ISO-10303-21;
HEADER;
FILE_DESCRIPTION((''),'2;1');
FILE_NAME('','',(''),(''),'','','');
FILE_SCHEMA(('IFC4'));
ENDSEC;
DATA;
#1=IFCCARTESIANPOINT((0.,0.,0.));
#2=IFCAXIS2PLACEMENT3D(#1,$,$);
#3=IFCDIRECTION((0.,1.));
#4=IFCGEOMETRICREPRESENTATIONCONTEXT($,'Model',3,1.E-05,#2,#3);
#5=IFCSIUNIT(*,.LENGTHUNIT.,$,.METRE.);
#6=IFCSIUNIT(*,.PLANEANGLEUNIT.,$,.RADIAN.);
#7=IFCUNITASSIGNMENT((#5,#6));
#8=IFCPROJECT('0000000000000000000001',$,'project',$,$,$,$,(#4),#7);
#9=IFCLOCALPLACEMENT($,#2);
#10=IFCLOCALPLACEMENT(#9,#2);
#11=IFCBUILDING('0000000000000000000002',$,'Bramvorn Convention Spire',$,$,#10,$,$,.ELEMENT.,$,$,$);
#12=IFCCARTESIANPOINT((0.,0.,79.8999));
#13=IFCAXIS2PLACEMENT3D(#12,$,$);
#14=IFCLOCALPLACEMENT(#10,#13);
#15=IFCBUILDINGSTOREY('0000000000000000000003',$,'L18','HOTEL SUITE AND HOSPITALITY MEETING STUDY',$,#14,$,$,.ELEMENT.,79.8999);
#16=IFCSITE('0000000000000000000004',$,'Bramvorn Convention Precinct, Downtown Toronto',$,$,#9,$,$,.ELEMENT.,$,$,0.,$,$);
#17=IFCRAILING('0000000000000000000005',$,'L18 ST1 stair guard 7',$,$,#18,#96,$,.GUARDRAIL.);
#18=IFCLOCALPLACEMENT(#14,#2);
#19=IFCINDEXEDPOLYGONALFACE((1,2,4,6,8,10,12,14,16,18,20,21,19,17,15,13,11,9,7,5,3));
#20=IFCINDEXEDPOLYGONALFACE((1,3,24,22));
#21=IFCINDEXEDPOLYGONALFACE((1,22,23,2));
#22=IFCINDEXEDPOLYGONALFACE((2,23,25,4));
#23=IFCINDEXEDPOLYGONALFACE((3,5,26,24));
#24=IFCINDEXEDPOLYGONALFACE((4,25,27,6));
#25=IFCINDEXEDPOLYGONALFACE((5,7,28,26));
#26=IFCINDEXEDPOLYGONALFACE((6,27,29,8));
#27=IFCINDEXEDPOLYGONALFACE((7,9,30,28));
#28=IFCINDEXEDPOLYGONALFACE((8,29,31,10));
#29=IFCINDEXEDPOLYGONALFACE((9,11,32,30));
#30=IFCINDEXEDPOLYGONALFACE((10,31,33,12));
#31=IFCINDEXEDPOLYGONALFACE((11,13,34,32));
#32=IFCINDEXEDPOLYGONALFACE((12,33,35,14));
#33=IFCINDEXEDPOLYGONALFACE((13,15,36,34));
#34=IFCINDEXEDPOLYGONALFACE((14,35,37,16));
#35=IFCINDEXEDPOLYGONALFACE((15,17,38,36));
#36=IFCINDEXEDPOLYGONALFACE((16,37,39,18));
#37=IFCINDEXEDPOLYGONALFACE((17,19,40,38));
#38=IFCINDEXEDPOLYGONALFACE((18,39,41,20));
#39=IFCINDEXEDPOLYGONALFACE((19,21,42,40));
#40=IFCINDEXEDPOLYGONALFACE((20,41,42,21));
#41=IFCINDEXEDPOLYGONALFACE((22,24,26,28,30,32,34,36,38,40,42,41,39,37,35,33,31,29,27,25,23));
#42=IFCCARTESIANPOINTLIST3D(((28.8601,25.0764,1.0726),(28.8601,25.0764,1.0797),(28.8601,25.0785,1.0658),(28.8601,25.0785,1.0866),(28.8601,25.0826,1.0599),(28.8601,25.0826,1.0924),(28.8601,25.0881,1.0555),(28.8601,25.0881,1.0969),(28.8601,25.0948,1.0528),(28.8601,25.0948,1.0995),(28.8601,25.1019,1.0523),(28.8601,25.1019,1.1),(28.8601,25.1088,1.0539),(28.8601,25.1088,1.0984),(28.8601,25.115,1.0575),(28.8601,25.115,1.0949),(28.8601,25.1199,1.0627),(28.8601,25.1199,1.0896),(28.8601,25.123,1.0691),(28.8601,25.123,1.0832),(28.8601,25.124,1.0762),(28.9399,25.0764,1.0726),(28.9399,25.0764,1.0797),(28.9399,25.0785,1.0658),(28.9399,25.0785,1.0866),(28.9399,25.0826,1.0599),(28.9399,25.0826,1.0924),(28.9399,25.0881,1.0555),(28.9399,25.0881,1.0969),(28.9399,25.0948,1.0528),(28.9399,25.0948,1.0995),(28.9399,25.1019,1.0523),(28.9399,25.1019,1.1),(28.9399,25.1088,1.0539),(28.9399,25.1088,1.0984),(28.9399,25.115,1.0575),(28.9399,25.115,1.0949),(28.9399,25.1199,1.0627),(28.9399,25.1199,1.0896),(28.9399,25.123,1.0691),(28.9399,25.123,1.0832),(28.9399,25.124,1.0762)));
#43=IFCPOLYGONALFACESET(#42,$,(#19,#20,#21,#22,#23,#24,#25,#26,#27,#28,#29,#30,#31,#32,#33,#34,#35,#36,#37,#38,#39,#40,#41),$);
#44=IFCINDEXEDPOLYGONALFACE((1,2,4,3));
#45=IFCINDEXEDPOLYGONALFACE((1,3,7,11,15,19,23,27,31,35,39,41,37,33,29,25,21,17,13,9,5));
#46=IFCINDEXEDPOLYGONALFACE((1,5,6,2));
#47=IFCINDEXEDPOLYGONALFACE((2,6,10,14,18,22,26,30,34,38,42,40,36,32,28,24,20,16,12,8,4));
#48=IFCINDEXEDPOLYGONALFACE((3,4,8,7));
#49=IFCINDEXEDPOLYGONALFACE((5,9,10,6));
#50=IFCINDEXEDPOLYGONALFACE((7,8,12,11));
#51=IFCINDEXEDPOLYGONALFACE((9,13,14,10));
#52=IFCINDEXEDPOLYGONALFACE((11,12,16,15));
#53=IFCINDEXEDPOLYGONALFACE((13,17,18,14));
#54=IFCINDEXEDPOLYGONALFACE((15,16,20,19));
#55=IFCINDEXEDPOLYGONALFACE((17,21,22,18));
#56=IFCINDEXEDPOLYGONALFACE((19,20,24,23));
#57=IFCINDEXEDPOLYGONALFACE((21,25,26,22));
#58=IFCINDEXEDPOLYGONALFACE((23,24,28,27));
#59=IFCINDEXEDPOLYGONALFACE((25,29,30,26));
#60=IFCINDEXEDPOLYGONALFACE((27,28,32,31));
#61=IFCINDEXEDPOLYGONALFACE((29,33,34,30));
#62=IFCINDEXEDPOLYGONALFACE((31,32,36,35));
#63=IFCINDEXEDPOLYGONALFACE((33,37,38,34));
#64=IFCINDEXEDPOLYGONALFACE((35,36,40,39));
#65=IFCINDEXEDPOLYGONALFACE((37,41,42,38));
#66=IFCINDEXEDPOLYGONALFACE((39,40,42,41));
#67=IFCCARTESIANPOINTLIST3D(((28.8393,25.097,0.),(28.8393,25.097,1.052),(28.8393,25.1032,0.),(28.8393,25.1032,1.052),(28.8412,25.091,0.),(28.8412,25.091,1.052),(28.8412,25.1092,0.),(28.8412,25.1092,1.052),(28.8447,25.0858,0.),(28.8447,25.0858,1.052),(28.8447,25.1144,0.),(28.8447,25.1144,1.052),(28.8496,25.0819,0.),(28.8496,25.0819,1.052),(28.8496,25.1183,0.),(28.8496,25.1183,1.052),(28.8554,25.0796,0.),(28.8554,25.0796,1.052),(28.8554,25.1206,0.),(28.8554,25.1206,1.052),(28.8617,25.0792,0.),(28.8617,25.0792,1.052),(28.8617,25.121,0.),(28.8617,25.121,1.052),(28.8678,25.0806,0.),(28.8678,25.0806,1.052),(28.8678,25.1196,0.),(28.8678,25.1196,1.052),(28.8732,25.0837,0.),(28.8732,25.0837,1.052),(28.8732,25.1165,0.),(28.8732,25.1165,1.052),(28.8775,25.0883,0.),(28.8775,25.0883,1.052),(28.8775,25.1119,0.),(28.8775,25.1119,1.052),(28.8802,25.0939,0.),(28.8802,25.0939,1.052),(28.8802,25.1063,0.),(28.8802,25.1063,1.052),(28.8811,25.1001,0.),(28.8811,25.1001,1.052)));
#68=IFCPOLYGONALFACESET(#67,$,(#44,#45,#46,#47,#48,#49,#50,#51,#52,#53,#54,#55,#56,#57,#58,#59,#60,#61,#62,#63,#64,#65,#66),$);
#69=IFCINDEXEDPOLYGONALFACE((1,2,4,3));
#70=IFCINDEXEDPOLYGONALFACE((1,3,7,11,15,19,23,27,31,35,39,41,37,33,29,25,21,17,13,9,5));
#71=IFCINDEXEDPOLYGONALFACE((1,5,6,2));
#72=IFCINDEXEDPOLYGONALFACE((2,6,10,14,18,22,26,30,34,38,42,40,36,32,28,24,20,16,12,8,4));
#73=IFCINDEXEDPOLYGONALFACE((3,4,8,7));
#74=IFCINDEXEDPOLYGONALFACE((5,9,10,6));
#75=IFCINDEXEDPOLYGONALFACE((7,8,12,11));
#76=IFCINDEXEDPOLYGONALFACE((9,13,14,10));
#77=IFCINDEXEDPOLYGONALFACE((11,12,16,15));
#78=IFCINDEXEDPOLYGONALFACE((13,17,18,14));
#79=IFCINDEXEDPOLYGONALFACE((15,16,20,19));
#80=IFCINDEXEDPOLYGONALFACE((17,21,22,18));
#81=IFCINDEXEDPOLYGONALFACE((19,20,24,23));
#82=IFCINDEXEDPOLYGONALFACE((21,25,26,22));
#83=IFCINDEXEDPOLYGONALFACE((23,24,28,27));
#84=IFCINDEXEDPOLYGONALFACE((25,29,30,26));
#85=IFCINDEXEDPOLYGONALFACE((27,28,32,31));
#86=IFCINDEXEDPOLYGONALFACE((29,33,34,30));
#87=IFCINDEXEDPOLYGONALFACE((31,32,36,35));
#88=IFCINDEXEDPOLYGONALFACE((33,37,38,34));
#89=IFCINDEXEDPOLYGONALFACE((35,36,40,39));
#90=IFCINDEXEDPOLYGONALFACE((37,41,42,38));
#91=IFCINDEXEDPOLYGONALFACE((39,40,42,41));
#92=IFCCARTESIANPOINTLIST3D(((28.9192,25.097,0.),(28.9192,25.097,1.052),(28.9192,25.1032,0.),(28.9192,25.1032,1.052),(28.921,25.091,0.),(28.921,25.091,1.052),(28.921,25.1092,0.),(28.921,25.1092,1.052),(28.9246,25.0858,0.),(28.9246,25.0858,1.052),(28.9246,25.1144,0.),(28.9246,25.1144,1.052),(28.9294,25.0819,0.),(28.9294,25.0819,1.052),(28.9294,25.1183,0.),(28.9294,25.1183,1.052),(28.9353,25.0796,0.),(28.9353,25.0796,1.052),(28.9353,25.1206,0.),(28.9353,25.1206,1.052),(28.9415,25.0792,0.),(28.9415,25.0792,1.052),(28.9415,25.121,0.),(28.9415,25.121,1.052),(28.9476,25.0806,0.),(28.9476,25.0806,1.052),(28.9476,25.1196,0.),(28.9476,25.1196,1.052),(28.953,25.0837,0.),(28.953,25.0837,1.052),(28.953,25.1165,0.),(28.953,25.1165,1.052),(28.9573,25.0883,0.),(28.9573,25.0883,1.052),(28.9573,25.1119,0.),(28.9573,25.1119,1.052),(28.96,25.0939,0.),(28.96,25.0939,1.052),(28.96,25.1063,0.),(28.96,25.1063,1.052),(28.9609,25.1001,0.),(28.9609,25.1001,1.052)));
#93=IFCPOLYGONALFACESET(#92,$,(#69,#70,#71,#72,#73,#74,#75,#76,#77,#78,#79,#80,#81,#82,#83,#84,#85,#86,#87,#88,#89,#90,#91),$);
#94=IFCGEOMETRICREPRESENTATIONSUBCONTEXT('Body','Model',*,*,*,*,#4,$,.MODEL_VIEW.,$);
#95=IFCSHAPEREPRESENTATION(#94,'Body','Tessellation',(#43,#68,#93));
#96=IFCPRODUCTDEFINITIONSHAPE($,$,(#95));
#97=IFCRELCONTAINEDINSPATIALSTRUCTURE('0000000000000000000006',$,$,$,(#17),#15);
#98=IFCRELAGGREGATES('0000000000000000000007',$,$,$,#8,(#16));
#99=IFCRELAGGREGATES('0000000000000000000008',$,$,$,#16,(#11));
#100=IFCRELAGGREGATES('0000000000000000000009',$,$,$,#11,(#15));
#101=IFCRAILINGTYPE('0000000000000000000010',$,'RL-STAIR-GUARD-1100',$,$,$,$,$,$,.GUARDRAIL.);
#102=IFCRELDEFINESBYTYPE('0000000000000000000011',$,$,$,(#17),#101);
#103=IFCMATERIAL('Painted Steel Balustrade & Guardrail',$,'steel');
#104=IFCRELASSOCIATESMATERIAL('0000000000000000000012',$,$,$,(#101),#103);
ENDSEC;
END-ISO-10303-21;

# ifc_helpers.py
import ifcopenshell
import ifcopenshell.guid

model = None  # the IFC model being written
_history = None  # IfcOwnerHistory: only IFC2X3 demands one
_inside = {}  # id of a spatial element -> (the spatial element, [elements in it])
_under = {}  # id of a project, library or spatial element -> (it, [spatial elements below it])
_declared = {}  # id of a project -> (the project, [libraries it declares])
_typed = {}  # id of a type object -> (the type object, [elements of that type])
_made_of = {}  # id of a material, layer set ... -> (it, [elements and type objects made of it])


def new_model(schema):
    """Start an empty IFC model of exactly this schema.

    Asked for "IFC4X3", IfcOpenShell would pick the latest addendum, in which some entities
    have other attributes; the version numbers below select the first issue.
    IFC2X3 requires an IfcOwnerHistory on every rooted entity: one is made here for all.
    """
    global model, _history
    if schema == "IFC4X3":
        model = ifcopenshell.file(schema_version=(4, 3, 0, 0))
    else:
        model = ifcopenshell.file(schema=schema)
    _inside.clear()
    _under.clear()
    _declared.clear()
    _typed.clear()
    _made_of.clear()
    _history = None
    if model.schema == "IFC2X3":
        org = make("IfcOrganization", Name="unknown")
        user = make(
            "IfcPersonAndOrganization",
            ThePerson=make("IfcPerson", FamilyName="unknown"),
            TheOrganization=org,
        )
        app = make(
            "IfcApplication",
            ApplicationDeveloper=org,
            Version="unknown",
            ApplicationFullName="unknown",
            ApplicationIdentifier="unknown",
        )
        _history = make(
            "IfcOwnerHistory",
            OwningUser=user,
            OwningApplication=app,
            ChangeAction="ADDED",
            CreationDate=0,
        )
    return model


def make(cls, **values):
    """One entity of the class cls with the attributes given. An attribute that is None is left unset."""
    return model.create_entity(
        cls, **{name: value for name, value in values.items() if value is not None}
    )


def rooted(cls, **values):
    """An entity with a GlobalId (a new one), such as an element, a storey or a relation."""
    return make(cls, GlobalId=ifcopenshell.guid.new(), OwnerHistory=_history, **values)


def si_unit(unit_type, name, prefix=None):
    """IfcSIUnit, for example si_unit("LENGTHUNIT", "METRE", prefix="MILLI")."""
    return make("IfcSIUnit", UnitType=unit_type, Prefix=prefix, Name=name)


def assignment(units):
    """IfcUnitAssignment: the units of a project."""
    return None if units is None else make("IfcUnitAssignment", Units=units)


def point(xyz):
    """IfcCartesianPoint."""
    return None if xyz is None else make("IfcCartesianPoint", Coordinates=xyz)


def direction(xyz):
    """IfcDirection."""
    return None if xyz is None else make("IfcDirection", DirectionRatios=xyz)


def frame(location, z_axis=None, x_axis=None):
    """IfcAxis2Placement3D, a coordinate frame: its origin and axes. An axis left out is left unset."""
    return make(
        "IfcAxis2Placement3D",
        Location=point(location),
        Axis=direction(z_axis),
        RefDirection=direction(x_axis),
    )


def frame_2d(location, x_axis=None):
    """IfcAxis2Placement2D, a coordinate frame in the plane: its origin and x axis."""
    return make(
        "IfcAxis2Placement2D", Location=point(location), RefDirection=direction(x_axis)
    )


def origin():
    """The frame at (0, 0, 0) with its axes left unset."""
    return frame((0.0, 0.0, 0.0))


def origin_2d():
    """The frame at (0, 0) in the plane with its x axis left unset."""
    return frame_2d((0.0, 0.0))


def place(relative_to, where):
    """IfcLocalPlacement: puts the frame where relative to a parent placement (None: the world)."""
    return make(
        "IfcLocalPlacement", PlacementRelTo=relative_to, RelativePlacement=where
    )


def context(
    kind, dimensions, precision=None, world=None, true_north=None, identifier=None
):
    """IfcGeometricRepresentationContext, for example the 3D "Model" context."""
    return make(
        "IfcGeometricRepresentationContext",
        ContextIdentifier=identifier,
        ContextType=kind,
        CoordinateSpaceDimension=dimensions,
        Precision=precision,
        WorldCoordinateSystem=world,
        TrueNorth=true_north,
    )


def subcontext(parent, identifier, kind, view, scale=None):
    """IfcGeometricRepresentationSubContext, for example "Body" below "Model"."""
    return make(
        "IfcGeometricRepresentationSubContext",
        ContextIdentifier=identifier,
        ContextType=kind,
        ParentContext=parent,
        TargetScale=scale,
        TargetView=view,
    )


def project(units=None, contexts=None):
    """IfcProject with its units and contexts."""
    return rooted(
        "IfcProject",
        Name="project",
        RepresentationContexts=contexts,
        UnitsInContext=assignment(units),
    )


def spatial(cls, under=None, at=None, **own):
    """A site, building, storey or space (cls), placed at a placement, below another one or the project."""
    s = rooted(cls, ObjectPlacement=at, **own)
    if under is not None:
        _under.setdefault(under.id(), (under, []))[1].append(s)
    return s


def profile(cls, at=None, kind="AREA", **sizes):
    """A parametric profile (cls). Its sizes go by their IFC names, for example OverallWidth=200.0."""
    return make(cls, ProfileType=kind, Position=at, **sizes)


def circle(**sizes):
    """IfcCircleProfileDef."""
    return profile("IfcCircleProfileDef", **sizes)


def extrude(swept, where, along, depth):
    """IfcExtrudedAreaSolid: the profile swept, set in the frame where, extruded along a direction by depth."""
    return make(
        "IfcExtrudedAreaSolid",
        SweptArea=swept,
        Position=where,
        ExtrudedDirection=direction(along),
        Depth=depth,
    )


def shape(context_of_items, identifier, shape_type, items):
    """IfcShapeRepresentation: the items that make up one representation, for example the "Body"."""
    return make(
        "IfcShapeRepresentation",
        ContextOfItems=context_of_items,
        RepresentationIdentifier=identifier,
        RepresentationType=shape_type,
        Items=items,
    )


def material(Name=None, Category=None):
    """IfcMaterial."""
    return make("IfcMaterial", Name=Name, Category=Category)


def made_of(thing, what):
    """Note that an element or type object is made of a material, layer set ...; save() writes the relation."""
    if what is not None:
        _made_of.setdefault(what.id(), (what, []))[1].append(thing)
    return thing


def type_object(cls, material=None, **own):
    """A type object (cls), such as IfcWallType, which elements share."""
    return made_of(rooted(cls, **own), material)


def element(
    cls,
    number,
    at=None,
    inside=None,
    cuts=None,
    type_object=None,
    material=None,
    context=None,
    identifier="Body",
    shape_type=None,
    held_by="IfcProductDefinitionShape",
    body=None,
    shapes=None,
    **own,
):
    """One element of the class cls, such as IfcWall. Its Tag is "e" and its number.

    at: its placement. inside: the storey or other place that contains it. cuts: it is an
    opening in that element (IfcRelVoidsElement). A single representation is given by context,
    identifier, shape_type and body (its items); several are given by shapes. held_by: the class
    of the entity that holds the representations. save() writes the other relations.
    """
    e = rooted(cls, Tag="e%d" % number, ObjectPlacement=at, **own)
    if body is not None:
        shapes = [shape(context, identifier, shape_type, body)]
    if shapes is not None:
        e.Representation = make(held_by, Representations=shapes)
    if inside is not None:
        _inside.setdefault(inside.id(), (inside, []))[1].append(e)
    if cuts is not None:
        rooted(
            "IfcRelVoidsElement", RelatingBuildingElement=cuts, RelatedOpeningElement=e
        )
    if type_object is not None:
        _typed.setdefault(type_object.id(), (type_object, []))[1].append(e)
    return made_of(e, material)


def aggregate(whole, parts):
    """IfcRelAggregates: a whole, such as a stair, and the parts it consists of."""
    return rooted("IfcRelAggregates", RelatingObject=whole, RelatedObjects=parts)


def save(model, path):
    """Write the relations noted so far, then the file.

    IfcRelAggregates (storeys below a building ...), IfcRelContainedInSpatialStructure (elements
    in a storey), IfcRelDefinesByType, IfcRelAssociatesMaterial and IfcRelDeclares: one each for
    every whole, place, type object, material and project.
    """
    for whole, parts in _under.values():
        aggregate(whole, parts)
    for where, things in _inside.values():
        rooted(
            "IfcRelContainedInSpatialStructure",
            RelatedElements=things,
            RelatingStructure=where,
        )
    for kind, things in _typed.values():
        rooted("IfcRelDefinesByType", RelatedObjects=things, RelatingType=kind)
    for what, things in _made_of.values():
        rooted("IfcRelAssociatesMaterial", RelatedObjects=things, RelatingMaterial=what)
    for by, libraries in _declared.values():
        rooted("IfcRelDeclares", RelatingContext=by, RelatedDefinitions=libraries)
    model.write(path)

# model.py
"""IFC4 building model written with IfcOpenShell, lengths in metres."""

from ifc_helpers import new_model, si_unit, direction, frame, origin, origin_2d, place, context, subcontext, project, spatial, circle, extrude, material, type_object, element, save


model = new_model("IFC4")

# Units and contexts
model_context = context("Model", 3, precision=1e-05, world=origin(), true_north=direction((0.0, 1.0)))
body_context = subcontext(model_context, "Body", "Model", "MODEL_VIEW")
ifc_project = project(units=[si_unit("LENGTHUNIT", "METRE"), si_unit("PLANEANGLEUNIT", "RADIAN")], contexts=[model_context])

# Site, building, storey
site_placement = place(None, origin())
site = spatial("IfcSite", under=ifc_project, at=site_placement, Name="Bramvorn Convention Precinct, Downtown Toronto", CompositionType="ELEMENT", RefElevation=0.0)
building_placement = place(site_placement, origin())
building = spatial("IfcBuilding", under=site, at=building_placement, Name="Bramvorn Convention Spire", CompositionType="ELEMENT")
storey_placement = place(building_placement, frame((0.0, 0.0, 79.8999)))
storey = spatial("IfcBuildingStorey", under=building, at=storey_placement, Name="L18", Description="HOTEL SUITE AND HOSPITALITY MEETING STUDY", CompositionType="ELEMENT", Elevation=79.8999)

# Railing
ifc_material_1 = material(Name="Painted Steel Balustrade & Guardrail", Category="steel")
railing_type_1 = type_object("IfcRailingType", Name="RL-STAIR-GUARD-1100", PredefinedType="GUARDRAIL", material=ifc_material_1)
railing_1_placement = place(storey_placement, frame((28.8601, 25.1001, 0.0)))
element("IfcRailing", 1, at=railing_1_placement, inside=storey, type_object=railing_type_1, Name="L18 ST1 stair guard 7", PredefinedType="GUARDRAIL", context=body_context, shape_type="SweptSolid", body=[
    extrude(circle(Radius=0.0239, at=origin_2d()), frame((0.0, 0.0, 1.0762), z_axis=(1.0, 0.0, 0.0), x_axis=(0.0, 1.0, 0.0)), (0.0, 0.0, 1.0), 0.0798),
    extrude(circle(Radius=0.021, at=origin_2d()), origin(), (0.0, 0.0, 1.0), 1.052),
    extrude(circle(Radius=0.021, at=origin_2d()), frame((0.0798, 0.0, 0.0)), (0.0, 0.0, 1.0), 1.052),
])

save(model, "model.ifc")
